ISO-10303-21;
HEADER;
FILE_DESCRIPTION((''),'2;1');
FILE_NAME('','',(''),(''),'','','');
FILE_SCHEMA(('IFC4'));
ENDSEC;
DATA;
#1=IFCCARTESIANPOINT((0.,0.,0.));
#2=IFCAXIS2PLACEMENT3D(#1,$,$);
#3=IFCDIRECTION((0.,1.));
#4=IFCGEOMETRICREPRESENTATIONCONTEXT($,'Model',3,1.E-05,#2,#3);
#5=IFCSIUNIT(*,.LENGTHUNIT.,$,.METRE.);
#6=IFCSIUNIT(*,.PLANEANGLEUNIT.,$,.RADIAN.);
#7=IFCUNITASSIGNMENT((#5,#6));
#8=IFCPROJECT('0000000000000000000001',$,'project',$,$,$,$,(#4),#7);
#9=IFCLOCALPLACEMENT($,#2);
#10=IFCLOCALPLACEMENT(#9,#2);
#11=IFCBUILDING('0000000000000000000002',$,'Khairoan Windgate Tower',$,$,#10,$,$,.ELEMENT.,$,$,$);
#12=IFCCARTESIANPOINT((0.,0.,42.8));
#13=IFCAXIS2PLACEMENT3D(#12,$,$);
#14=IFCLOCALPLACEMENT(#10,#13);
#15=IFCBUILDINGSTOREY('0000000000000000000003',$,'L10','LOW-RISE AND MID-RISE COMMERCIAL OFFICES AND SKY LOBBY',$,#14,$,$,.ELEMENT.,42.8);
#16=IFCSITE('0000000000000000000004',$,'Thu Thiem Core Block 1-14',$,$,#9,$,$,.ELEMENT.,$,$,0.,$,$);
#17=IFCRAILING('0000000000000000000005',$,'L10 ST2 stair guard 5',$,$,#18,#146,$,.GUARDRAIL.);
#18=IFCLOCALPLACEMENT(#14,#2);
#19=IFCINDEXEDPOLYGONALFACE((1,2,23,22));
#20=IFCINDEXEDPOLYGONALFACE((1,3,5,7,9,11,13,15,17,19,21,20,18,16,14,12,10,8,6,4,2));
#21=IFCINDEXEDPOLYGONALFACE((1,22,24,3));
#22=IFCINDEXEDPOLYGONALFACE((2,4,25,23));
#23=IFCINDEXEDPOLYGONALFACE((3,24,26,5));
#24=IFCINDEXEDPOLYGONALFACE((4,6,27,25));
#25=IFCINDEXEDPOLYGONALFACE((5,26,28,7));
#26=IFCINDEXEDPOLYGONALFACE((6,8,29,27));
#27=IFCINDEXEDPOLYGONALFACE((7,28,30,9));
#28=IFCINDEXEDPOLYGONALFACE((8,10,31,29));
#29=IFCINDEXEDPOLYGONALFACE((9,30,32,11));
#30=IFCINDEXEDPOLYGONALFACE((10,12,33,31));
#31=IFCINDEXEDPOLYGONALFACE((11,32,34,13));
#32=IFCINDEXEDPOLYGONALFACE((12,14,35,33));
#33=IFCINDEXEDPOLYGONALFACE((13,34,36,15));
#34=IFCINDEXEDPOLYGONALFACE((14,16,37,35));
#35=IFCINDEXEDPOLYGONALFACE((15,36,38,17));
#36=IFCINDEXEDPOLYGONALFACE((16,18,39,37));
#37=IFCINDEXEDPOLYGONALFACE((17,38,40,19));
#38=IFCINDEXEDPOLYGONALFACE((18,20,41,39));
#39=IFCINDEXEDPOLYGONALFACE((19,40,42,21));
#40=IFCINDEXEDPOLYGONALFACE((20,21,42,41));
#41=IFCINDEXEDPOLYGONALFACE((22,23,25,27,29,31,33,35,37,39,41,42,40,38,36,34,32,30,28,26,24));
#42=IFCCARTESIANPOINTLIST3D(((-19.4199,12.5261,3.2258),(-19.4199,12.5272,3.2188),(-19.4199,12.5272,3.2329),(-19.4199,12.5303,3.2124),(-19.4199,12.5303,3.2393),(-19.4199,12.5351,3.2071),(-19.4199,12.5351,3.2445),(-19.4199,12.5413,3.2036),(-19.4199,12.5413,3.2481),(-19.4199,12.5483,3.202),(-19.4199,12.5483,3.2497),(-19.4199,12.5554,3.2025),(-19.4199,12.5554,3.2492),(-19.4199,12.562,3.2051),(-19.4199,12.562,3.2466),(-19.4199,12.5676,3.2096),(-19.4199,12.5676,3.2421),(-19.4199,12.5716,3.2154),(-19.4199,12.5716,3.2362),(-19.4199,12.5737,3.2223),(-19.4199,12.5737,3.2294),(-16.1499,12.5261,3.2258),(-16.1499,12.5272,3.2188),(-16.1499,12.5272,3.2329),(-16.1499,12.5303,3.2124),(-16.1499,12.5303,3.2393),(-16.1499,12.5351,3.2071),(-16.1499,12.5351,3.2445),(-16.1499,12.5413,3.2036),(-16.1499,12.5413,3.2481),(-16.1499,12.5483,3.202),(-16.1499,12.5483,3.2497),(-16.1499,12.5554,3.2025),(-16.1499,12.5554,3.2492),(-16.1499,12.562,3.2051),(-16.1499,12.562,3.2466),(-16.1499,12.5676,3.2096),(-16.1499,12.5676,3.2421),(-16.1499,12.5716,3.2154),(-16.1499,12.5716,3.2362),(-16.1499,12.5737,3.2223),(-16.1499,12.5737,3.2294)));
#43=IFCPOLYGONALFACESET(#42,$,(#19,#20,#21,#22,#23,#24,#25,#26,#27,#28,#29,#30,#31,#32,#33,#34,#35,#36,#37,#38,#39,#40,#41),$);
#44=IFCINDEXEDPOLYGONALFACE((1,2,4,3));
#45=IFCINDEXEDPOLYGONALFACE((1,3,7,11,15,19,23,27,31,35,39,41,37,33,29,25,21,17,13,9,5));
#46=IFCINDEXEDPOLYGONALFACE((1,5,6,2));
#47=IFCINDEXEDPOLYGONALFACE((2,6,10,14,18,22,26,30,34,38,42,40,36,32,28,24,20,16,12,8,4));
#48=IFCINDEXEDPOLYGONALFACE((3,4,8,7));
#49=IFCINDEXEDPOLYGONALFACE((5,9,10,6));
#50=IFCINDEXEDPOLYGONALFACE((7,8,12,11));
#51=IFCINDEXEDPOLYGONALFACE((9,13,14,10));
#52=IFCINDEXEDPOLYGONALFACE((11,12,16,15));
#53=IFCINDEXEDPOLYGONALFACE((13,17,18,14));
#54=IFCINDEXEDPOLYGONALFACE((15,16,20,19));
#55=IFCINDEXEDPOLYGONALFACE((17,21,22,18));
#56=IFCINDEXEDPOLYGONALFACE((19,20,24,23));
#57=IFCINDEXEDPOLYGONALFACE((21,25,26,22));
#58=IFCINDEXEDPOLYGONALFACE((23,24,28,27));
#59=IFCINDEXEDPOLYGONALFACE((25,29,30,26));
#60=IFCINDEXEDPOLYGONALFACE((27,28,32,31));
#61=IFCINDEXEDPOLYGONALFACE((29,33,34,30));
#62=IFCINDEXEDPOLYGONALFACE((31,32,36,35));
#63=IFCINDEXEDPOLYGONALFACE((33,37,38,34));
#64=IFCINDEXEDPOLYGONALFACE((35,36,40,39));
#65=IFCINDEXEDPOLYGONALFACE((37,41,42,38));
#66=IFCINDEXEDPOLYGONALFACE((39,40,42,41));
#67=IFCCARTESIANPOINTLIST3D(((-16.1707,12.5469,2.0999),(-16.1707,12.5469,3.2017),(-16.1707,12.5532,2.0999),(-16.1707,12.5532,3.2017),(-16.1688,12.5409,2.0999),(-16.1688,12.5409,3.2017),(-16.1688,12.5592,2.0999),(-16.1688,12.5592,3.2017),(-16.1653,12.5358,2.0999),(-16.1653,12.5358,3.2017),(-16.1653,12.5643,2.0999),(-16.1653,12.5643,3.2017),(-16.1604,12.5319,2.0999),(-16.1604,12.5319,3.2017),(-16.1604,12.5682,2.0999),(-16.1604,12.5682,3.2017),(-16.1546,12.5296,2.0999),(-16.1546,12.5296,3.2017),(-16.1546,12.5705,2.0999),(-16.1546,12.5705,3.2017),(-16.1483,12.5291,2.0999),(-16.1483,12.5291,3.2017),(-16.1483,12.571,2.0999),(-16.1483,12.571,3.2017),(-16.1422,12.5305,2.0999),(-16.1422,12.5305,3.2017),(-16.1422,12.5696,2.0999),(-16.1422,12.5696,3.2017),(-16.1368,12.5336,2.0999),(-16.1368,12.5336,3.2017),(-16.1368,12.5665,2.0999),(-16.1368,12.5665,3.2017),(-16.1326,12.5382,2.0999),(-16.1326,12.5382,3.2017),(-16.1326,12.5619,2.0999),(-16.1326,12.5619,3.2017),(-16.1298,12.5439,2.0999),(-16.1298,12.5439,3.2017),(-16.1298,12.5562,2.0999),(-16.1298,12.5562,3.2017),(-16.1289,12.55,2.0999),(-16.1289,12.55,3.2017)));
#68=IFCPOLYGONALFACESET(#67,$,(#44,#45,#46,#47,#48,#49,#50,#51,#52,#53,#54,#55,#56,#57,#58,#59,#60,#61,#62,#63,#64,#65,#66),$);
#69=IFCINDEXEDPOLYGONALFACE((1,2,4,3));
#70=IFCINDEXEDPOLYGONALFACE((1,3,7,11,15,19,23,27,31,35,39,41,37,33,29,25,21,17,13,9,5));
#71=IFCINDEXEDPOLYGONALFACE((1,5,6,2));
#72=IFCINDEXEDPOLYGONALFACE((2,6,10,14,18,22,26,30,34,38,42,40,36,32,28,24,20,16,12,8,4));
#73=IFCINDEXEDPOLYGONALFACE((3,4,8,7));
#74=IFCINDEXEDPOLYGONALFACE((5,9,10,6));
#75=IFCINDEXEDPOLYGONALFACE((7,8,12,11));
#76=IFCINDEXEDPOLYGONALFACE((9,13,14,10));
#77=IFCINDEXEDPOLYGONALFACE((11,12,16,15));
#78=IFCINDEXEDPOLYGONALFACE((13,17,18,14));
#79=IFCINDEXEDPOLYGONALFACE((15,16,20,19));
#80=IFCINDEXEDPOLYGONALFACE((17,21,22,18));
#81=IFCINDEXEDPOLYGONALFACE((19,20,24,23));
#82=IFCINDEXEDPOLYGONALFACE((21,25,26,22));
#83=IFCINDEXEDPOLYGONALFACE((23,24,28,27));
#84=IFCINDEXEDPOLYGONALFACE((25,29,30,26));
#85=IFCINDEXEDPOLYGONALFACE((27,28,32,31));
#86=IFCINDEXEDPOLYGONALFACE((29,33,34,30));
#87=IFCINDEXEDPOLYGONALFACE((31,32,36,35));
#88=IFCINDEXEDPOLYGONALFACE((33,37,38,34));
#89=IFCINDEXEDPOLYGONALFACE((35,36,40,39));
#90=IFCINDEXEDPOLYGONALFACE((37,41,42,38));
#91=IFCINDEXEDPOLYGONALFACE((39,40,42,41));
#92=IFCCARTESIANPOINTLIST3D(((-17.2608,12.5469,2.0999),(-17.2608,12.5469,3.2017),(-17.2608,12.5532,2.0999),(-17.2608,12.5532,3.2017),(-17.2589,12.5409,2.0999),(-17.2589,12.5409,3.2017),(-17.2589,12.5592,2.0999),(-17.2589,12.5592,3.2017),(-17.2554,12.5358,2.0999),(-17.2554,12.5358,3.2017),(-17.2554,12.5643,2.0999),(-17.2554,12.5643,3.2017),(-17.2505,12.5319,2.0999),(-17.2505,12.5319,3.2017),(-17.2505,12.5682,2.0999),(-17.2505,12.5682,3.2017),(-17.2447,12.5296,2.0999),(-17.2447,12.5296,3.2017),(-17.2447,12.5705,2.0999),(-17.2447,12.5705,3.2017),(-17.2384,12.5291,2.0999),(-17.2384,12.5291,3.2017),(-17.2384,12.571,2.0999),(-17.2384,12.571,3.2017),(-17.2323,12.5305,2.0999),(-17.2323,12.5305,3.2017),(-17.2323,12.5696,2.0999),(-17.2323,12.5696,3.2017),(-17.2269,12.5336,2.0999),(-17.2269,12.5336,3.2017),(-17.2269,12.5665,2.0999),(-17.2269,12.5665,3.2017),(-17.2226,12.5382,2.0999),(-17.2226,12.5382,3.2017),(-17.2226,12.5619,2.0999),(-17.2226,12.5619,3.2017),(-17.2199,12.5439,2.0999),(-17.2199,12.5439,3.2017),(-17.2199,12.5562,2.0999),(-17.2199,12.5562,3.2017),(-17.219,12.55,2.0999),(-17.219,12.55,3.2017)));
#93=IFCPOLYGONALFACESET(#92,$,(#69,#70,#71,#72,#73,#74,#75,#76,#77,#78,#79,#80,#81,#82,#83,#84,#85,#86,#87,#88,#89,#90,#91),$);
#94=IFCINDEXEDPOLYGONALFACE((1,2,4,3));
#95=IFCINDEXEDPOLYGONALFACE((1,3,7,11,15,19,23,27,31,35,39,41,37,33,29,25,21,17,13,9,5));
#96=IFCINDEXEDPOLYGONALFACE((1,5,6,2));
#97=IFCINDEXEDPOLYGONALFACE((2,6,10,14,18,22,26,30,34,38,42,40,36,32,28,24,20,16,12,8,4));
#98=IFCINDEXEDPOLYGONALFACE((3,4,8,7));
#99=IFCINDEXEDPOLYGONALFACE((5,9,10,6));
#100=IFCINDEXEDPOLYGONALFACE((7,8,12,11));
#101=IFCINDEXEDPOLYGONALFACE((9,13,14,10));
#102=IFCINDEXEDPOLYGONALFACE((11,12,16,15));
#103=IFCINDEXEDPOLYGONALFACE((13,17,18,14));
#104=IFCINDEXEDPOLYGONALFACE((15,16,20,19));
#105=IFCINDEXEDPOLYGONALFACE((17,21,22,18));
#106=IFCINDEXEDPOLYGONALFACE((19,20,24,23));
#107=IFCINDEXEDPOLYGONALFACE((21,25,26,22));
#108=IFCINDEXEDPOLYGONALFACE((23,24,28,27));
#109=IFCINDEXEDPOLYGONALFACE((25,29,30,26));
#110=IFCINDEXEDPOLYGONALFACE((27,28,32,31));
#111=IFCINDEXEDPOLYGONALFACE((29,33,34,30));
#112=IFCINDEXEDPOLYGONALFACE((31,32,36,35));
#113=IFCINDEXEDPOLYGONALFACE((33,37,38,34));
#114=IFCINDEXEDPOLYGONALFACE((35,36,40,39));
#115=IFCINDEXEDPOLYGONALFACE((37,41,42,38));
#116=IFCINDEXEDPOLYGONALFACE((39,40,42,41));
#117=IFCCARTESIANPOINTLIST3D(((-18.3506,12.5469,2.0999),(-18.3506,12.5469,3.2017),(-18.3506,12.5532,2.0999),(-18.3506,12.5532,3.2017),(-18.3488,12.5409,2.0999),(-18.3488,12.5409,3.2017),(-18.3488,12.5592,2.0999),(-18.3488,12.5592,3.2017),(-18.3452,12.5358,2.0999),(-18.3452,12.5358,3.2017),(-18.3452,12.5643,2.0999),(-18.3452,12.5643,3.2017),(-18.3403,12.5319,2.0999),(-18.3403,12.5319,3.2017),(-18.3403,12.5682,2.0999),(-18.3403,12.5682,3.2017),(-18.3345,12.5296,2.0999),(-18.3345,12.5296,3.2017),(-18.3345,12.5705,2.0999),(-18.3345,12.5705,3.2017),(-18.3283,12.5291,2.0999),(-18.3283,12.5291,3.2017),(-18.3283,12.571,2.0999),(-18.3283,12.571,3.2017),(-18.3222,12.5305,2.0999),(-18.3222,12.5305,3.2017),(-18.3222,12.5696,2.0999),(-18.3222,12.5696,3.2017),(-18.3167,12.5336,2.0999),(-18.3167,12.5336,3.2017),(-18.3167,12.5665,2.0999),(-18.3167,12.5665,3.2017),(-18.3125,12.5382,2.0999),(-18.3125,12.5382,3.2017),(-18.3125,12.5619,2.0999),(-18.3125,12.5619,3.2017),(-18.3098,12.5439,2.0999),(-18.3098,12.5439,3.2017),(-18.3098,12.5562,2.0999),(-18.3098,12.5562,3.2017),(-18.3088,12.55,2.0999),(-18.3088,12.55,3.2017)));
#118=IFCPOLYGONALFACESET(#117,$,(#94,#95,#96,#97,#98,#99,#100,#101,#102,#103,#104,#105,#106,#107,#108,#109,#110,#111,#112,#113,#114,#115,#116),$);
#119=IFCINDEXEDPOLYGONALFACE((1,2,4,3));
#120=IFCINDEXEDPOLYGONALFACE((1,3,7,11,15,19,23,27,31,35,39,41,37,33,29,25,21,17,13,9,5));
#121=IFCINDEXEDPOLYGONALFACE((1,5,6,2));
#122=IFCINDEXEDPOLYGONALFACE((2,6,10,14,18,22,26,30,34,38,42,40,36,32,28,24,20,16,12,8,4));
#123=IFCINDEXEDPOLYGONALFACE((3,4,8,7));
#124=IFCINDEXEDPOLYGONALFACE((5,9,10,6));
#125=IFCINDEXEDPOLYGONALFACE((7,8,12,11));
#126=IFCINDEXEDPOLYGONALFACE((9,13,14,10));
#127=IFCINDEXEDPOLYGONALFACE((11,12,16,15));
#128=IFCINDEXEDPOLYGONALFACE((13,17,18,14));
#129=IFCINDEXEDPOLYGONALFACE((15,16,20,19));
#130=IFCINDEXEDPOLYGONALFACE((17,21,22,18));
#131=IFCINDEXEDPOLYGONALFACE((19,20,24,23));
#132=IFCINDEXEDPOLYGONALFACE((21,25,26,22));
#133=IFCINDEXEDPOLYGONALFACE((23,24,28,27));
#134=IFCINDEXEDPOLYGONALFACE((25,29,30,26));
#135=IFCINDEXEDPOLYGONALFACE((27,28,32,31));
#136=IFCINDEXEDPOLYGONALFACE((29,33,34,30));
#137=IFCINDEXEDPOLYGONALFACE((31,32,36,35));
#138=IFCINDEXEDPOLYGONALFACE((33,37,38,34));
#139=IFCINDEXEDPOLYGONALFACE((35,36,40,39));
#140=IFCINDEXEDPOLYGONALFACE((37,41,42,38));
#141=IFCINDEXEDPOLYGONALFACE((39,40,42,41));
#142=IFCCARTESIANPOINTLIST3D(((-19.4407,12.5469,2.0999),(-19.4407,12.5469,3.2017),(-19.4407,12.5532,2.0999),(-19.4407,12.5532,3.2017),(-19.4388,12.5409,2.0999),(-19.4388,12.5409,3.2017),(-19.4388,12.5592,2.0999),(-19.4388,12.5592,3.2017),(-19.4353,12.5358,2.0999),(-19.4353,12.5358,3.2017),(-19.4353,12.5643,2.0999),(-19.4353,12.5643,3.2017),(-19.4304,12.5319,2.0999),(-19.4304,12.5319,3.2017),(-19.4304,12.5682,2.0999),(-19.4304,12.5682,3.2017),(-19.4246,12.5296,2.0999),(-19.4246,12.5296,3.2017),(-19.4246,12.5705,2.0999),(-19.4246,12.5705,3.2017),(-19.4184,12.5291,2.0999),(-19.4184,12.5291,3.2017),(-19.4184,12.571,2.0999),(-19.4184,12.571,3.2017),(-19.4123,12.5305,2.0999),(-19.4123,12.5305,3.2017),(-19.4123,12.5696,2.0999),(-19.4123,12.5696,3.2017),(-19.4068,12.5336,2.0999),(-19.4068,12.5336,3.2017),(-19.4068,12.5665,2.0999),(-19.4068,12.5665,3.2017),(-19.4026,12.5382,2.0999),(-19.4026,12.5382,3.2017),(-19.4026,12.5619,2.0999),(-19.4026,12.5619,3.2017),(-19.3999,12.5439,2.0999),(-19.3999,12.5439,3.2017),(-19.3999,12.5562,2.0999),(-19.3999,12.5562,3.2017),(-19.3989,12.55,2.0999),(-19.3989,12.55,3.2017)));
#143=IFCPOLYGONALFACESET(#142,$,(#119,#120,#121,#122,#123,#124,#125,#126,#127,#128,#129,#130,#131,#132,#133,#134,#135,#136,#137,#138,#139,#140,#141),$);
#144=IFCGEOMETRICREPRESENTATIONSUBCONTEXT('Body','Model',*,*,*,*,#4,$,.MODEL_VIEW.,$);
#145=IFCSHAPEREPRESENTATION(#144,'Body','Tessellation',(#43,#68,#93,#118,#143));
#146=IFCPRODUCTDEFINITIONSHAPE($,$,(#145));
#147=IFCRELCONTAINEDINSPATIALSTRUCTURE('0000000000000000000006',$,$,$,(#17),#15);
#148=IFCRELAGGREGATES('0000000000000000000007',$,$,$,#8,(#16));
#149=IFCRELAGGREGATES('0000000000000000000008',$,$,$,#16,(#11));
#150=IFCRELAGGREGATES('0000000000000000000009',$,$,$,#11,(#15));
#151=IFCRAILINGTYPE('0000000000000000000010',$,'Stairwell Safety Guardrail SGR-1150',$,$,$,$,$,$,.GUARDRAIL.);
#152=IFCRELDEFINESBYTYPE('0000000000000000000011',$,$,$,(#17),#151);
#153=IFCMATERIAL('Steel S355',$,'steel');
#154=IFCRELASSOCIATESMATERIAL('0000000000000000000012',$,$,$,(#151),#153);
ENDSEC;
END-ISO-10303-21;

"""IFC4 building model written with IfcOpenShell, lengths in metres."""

from ifc_helpers import new_model, si_unit, direction, frame, origin, origin_2d, place, context, subcontext, project, spatial, circle, extrude, material, type_object, element, save


model = new_model("IFC4")

# Units and contexts
model_context = context("Model", 3, precision=1e-05, world=origin(), true_north=direction((0.0, 1.0)))
body_context = subcontext(model_context, "Body", "Model", "MODEL_VIEW")
ifc_project = project(units=[si_unit("LENGTHUNIT", "METRE"), si_unit("PLANEANGLEUNIT", "RADIAN")], contexts=[model_context])

# Site, building, storey
site_placement = place(None, origin())
site = spatial("IfcSite", under=ifc_project, at=site_placement, Name="Thu Thiem Core Block 1-14", CompositionType="ELEMENT", RefElevation=0.0)
building_placement = place(site_placement, origin())
building = spatial("IfcBuilding", under=site, at=building_placement, Name="Khairoan Windgate Tower", CompositionType="ELEMENT")
storey_placement = place(building_placement, frame((0.0, 0.0, 42.8)))
storey = spatial("IfcBuildingStorey", under=building, at=storey_placement, Name="L10", Description="LOW-RISE AND MID-RISE COMMERCIAL OFFICES AND SKY LOBBY", CompositionType="ELEMENT", Elevation=42.8)

# Railing
ifc_material_1 = material(Name="Steel S355", Category="steel")
railing_type = type_object("IfcRailingType", Name="Stairwell Safety Guardrail SGR-1150", PredefinedType="GUARDRAIL", material=ifc_material_1)
railing_1_placement = place(storey_placement, frame((-16.1499, 12.55, 2.0999)))
element("IfcRailing", 1, at=railing_1_placement, inside=storey, type_object=railing_type, Name="L10 ST2 stair guard 5", PredefinedType="GUARDRAIL", context=body_context, shape_type="SweptSolid", body=[
    extrude(circle(Radius=0.0239, at=origin_2d()), frame((0.0, 0.0, 1.126), z_axis=(-1.0, 0.0, 0.0), x_axis=(0.0, -1.0, 0.0)), (0.0, 0.0, 1.0), 3.27),
    extrude(circle(Radius=0.021, at=origin_2d()), origin(), (0.0, 0.0, 1.0), 1.1018),
    extrude(circle(Radius=0.021, at=origin_2d()), frame((-1.0901, 0.0, 0.0)), (0.0, 0.0, 1.0), 1.1018),
    extrude(circle(Radius=0.021, at=origin_2d()), frame((-2.1799, 0.0, 0.0)), (0.0, 0.0, 1.0), 1.1018),
    extrude(circle(Radius=0.021, at=origin_2d()), frame((-3.27, 0.0, 0.0)), (0.0, 0.0, 1.0), 1.1018),
])

save(model, "model.ifc")
